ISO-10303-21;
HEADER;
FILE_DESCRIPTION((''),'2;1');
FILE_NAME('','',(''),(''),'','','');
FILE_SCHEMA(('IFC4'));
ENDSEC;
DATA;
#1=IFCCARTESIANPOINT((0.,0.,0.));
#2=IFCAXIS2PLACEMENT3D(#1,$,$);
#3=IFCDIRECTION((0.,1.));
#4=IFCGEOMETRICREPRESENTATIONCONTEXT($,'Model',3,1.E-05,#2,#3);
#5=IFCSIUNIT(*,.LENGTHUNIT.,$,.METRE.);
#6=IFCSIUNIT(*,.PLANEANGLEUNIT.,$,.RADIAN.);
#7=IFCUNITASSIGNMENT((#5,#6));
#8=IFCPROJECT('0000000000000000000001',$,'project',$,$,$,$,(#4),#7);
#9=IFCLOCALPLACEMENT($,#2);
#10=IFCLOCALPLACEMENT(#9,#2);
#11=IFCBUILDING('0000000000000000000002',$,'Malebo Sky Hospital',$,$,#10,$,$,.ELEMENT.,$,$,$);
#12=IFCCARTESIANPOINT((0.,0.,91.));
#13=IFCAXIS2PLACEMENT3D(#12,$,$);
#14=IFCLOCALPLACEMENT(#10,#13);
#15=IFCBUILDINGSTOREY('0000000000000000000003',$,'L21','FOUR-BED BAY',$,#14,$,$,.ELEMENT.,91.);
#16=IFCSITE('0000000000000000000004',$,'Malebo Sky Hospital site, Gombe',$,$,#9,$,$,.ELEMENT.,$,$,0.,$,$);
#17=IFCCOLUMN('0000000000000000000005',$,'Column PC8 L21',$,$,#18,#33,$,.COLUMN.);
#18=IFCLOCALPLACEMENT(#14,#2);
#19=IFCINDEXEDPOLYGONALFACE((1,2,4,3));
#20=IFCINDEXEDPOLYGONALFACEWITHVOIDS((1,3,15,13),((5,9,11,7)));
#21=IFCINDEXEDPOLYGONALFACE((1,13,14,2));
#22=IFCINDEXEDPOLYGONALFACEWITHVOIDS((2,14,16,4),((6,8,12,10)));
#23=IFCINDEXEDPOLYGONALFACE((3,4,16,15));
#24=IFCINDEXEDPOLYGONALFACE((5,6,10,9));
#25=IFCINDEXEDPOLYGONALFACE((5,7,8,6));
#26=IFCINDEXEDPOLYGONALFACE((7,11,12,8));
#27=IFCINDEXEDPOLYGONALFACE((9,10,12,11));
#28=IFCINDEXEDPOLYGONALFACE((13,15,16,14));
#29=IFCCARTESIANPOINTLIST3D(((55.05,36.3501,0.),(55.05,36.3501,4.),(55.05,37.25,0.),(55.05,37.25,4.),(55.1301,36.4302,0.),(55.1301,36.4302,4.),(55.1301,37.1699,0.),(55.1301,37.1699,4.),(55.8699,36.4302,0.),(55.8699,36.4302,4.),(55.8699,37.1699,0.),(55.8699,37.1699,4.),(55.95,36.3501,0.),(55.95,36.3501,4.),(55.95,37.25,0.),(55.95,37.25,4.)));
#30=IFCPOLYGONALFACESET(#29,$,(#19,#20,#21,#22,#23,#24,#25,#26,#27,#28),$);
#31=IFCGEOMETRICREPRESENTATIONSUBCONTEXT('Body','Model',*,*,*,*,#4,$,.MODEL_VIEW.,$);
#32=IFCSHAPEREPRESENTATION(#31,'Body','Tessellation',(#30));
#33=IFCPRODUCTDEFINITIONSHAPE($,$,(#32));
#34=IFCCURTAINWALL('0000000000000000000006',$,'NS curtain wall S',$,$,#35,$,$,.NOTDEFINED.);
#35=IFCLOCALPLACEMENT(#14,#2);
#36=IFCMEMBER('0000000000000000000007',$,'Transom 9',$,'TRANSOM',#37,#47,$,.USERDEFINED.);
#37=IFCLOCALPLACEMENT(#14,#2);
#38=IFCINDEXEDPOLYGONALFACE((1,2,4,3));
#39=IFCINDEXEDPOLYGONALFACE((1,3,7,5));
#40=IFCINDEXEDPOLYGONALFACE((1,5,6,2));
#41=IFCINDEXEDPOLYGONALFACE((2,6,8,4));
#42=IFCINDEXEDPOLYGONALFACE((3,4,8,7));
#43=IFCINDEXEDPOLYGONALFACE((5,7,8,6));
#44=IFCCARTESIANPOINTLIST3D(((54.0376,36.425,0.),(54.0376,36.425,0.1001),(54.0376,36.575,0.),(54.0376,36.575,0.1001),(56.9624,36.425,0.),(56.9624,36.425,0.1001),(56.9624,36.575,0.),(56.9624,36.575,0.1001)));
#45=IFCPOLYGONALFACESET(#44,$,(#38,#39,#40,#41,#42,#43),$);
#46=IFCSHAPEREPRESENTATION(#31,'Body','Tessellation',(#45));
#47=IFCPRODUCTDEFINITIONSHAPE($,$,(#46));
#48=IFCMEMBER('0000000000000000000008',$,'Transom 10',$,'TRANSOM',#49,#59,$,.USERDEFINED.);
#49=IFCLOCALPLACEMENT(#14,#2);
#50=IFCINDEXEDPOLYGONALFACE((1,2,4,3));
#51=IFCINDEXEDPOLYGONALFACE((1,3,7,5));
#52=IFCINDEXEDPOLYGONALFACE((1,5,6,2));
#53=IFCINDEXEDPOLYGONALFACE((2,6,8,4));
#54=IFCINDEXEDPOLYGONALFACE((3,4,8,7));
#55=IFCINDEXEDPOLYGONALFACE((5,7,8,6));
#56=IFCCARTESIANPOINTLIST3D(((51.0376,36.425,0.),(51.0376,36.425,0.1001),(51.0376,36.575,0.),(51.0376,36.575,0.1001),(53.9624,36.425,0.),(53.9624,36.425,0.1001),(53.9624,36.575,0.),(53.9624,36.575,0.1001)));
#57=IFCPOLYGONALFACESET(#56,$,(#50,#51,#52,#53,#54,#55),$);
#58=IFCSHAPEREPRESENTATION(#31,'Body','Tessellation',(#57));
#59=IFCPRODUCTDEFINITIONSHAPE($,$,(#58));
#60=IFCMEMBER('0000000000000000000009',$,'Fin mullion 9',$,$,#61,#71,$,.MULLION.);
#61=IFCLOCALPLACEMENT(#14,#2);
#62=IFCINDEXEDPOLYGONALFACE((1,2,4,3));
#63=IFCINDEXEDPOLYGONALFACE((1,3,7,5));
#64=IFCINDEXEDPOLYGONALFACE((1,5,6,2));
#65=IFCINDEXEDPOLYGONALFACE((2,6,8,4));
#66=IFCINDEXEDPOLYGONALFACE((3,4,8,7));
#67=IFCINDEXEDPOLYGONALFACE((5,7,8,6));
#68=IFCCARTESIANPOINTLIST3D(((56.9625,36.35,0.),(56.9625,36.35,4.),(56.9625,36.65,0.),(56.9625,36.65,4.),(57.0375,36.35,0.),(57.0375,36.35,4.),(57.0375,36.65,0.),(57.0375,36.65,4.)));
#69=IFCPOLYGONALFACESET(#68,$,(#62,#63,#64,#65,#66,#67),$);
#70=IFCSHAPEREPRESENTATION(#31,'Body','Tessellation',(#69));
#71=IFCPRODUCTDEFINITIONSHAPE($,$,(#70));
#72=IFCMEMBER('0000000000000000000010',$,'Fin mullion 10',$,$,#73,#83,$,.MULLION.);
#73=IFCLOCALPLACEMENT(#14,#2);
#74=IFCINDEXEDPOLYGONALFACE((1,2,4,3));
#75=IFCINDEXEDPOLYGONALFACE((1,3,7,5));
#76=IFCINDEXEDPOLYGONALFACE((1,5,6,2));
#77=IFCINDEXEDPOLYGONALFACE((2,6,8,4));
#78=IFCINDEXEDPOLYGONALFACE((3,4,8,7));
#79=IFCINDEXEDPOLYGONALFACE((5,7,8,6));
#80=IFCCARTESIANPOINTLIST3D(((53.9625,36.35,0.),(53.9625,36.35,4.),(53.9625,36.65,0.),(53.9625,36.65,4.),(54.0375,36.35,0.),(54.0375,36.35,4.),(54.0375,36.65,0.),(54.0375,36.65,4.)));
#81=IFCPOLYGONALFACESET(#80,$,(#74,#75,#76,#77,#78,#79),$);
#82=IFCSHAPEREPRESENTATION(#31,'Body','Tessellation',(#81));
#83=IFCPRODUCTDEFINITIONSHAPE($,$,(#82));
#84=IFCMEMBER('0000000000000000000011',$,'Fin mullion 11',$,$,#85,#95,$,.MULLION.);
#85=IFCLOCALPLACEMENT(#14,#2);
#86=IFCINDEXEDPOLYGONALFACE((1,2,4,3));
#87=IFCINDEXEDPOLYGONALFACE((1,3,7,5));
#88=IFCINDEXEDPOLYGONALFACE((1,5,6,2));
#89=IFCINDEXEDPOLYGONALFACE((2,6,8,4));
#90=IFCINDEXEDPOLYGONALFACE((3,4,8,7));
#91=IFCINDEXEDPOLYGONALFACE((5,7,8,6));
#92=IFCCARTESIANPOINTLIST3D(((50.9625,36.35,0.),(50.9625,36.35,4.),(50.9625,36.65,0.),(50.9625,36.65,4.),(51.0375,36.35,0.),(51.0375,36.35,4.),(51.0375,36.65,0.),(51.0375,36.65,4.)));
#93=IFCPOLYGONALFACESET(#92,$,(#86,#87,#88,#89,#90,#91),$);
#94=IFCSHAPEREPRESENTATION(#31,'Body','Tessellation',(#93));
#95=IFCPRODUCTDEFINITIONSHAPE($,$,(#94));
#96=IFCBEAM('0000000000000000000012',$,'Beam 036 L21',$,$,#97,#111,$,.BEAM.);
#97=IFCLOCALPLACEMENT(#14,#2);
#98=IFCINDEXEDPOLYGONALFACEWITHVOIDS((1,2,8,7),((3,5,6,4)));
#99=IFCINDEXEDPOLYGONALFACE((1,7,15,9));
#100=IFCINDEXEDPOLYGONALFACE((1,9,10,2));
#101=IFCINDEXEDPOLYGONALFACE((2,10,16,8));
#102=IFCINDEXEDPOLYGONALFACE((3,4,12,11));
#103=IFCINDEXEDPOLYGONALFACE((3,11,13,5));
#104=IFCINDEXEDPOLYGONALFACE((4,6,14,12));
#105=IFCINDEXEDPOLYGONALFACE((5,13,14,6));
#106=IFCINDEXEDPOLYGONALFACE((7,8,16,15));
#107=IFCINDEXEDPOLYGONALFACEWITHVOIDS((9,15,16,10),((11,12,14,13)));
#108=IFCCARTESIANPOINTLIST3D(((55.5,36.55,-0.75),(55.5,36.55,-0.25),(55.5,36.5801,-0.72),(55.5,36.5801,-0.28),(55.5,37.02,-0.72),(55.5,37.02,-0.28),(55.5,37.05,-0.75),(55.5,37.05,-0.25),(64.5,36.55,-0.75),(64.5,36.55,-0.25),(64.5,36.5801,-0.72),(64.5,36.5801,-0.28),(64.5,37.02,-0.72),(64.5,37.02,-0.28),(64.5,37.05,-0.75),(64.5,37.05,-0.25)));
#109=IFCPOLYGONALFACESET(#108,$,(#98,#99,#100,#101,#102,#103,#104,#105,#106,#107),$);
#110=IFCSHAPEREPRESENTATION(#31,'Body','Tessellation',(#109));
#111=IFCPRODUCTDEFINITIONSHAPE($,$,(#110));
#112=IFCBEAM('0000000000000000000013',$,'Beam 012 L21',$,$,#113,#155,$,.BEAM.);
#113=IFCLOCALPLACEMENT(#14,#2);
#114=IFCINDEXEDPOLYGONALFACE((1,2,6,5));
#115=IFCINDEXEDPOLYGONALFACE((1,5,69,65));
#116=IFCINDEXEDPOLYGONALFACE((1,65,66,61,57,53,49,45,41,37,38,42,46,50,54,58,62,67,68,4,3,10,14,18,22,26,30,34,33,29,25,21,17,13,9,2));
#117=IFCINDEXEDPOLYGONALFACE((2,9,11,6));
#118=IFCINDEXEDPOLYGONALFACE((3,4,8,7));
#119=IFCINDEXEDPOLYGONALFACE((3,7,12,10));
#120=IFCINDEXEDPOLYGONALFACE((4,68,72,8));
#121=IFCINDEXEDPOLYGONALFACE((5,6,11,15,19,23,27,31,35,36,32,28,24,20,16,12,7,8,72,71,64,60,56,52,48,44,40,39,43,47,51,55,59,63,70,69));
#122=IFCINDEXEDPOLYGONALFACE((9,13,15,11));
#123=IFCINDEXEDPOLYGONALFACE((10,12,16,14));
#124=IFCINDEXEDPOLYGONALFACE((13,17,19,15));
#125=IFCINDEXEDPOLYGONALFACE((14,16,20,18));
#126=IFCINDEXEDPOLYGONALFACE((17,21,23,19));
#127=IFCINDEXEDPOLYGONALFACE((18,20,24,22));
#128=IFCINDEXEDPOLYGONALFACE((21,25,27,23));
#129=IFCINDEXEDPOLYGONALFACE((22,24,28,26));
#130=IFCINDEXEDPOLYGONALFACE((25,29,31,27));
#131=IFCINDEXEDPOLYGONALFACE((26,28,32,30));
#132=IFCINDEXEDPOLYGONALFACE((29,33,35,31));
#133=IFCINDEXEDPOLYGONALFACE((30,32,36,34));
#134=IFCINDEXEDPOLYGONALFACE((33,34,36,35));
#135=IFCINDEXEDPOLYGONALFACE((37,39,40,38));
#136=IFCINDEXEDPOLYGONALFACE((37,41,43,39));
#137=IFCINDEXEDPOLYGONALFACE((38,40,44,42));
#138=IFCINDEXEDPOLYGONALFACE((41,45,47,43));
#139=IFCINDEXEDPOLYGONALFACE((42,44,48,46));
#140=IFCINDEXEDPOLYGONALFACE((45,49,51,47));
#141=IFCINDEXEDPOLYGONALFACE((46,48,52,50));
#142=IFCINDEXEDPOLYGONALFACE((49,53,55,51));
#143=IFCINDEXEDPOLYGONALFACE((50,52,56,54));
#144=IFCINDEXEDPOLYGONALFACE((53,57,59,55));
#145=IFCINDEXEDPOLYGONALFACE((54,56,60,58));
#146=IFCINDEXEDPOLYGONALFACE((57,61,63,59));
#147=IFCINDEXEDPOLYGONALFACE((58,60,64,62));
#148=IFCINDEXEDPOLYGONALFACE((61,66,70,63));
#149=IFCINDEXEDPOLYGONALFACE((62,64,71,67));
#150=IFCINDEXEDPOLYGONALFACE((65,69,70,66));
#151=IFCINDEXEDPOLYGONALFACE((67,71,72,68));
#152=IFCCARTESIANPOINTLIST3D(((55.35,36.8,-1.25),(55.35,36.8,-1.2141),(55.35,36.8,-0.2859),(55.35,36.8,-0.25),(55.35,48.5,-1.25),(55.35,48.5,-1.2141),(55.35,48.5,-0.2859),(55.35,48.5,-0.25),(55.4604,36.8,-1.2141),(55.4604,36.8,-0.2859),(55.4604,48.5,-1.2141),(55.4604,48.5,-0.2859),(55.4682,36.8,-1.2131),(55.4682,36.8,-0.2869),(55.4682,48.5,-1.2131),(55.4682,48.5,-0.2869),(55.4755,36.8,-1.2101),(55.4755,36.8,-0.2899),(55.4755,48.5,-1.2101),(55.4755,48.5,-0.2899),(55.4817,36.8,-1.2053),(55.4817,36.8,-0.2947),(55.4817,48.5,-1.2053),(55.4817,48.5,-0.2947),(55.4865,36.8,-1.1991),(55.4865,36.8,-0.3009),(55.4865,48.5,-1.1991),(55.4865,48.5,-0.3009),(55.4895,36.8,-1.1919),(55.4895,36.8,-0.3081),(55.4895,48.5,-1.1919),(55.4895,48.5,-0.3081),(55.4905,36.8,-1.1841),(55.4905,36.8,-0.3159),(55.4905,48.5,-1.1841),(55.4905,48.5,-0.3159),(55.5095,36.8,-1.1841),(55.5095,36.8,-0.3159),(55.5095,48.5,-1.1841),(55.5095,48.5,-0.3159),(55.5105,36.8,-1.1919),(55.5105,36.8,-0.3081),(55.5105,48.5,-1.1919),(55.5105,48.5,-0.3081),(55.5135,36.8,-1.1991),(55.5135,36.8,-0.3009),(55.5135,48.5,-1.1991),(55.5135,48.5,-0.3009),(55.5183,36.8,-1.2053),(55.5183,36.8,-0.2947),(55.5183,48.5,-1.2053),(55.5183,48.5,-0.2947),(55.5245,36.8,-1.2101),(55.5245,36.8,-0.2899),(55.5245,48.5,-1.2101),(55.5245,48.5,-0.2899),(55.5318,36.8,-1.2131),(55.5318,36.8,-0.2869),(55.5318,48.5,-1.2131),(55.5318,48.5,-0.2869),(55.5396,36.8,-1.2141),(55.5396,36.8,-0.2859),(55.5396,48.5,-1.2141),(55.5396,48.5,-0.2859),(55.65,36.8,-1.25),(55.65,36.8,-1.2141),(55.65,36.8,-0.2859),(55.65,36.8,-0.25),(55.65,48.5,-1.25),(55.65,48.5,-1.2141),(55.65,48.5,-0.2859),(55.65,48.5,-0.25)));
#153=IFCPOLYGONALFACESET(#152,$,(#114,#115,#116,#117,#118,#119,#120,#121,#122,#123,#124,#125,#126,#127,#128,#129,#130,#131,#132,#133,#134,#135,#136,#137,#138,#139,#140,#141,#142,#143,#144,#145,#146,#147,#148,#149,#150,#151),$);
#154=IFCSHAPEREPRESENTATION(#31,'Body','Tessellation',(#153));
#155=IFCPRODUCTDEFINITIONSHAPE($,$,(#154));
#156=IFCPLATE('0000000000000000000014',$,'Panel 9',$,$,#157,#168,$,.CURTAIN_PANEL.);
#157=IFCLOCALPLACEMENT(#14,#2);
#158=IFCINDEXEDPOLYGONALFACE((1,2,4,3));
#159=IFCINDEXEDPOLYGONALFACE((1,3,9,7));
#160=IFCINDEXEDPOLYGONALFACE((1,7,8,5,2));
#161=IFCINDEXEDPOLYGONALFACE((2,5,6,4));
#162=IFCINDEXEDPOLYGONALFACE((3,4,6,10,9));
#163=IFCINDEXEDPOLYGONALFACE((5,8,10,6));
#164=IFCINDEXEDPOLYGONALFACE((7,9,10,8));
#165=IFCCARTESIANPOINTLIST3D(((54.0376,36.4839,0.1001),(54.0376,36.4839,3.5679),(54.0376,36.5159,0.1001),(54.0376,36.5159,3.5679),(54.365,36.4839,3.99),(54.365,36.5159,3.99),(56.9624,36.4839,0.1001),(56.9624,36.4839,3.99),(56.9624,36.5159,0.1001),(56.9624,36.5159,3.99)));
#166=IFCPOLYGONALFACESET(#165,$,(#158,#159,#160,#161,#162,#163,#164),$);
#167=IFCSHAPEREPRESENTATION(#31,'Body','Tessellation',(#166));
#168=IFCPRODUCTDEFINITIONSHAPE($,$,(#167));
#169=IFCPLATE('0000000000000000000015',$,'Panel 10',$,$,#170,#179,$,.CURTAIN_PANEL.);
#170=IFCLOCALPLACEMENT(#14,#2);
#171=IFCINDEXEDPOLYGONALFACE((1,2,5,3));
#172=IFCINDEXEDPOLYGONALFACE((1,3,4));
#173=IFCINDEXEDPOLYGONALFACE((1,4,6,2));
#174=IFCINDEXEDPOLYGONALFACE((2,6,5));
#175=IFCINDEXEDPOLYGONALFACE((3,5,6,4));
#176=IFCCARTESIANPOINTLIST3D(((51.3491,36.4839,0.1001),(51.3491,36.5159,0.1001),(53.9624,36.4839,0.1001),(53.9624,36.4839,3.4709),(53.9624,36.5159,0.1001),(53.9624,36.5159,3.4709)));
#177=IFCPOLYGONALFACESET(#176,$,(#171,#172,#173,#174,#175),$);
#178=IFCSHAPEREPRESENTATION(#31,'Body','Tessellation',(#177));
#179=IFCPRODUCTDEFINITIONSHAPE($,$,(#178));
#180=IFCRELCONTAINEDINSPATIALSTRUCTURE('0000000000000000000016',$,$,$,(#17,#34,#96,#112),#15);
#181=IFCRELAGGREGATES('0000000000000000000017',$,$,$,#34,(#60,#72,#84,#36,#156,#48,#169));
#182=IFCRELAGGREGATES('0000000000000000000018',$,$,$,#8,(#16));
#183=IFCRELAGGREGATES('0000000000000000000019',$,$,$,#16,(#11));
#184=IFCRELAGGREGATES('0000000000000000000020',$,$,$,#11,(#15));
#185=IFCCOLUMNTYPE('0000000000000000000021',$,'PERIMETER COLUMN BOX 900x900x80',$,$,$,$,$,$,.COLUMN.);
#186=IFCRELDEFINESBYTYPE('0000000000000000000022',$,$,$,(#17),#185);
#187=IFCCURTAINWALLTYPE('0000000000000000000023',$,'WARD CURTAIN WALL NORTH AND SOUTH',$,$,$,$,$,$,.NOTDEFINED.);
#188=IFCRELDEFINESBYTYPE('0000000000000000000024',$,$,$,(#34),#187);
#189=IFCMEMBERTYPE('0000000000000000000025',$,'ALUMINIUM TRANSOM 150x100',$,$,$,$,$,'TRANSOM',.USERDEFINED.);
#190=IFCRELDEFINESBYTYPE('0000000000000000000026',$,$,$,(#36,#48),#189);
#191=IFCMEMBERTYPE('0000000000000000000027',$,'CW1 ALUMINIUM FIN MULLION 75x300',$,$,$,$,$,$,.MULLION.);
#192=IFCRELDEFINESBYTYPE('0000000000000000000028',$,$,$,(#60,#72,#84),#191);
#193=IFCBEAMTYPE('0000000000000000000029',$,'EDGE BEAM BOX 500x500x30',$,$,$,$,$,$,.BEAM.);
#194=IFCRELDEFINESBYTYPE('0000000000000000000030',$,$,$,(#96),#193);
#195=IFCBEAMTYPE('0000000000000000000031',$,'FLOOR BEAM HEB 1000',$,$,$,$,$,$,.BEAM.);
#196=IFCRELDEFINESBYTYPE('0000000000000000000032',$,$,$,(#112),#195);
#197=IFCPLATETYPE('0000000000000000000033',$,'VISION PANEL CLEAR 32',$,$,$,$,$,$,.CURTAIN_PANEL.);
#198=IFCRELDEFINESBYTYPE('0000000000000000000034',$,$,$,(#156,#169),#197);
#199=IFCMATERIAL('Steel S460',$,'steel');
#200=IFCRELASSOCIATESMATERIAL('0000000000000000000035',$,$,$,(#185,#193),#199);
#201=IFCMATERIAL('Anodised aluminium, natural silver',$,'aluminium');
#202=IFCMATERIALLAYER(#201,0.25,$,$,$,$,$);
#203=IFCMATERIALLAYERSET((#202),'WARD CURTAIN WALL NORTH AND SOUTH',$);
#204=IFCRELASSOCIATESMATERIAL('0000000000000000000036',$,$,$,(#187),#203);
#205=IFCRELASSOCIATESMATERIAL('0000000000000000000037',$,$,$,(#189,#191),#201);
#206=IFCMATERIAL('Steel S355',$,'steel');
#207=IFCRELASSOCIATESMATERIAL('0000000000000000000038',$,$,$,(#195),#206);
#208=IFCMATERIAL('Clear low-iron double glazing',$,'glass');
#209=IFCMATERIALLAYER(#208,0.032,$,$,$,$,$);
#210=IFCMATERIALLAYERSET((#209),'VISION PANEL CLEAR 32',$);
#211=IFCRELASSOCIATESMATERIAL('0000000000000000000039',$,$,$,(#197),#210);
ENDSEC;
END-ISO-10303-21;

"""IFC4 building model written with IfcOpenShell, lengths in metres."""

from ifc_helpers import new_model, si_unit, direction, frame, origin, origin_2d, place, context, subcontext, project, spatial, polyline, rectangle, hollow_rectangle, i_section, outline, extrude, material, layer, layer_set, material_profile, profile_set, type_object, element, aggregate, save


model = new_model("IFC4")

# Units and contexts
model_context = context("Model", 3, precision=1e-05, world=origin(), true_north=direction((0.0, 1.0)))
body_context = subcontext(model_context, "Body", "Model", "MODEL_VIEW")
ifc_project = project(units=[si_unit("LENGTHUNIT", "METRE"), si_unit("PLANEANGLEUNIT", "RADIAN")], contexts=[model_context])

# Site, building, storey
site_placement = place(None, origin())
site = spatial("IfcSite", under=ifc_project, at=site_placement, Name="Malebo Sky Hospital site, Gombe", CompositionType="ELEMENT", RefElevation=0.0)
building_placement = place(site_placement, origin())
building = spatial("IfcBuilding", under=site, at=building_placement, Name="Malebo Sky Hospital", CompositionType="ELEMENT")
storey_placement = place(building_placement, frame((0.0, 0.0, 91.0)))
storey = spatial("IfcBuildingStorey", under=building, at=storey_placement, Name="L21", Description="FOUR-BED BAY", CompositionType="ELEMENT", Elevation=91.0)

# Column
ifc_material_1 = material(Name="Steel S460", Category="steel")
ifc_material_profile_1 = material_profile(ifc_material_1, hollow_rectangle(XDim=0.8999, YDim=0.8999, WallThickness=0.0801, at=origin_2d()), Name="BOX 900x900x80")
ifc_profile_set_1 = profile_set([ifc_material_profile_1], Name="Steel S460")
column_type = type_object("IfcColumnType", Name="PERIMETER COLUMN BOX 900x900x80", PredefinedType="COLUMN", material=ifc_profile_set_1)
column_placement = place(storey_placement, frame((55.5, 36.8, 0.0), z_axis=(0.0, 0.0, 1.0), x_axis=(1.0, 0.0, 0.0)))
element("IfcColumn", 1, at=column_placement, inside=storey, type_object=column_type, Name="Column PC8 L21", PredefinedType="COLUMN", context=body_context, shape_type="SweptSolid", body=[
    extrude(hollow_rectangle(XDim=0.8999, YDim=0.8999, WallThickness=0.0801, at=origin_2d()), origin(), (0.0, 0.0, 1.0), 4.0),
])

# Curtain wall, members
ifc_material_2 = material(Name="Anodised aluminium, natural silver", Category="aluminium")
ifc_layer_1 = layer(ifc_material_2, 0.25)
ifc_layer_set_1 = layer_set([ifc_layer_1], Name="WARD CURTAIN WALL NORTH AND SOUTH")
curtain_wall_type = type_object("IfcCurtainWallType", Name="WARD CURTAIN WALL NORTH AND SOUTH", PredefinedType="NOTDEFINED", material=ifc_layer_set_1)
curtain_wall_placement = place(storey_placement, origin())
curtain_wall = element("IfcCurtainWall", 2, at=curtain_wall_placement, inside=storey, type_object=curtain_wall_type, Name="NS curtain wall S", PredefinedType="NOTDEFINED")
ifc_material_profile_2 = material_profile(ifc_material_2, rectangle(XDim=0.1499, YDim=0.1001, at=origin_2d()), Name="ALUMINIUM TRANSOM 150x100")
ifc_profile_set_2 = profile_set([ifc_material_profile_2], Name="Anodised aluminium, natural silver")
member_type_1 = type_object("IfcMemberType", Name="ALUMINIUM TRANSOM 150x100", ElementType="TRANSOM", PredefinedType="USERDEFINED", material=ifc_profile_set_2)
member_1_placement = place(storey_placement, frame((56.9624, 36.5, 0.05), z_axis=(-1.0, 0.0, 0.0), x_axis=(0.0, -1.0, 0.0)))
member_1 = element("IfcMember", 3, at=member_1_placement, type_object=member_type_1, Name="Transom 9", ObjectType="TRANSOM", PredefinedType="USERDEFINED", context=body_context, shape_type="SweptSolid", body=[
    extrude(rectangle(XDim=0.1499, YDim=0.1001, at=origin_2d()), origin(), (0.0, 0.0, 1.0), 2.9248),
])
member_2_placement = place(storey_placement, frame((53.9624, 36.5, 0.05), z_axis=(-1.0, 0.0, 0.0), x_axis=(0.0, -1.0, 0.0)))
member_2 = element("IfcMember", 4, at=member_2_placement, type_object=member_type_1, Name="Transom 10", ObjectType="TRANSOM", PredefinedType="USERDEFINED", context=body_context, shape_type="SweptSolid", body=[
    extrude(rectangle(XDim=0.1499, YDim=0.1001, at=origin_2d()), origin(), (0.0, 0.0, 1.0), 2.9248),
])
ifc_material_profile_3 = material_profile(ifc_material_2, rectangle(XDim=0.075, YDim=0.3, at=origin_2d()), Name="CW1 ALUMINIUM FIN MULLION 75x300")
ifc_profile_set_3 = profile_set([ifc_material_profile_3], Name="Anodised aluminium, natural silver")
member_type_2 = type_object("IfcMemberType", Name="CW1 ALUMINIUM FIN MULLION 75x300", PredefinedType="MULLION", material=ifc_profile_set_3)
member_3_placement = place(storey_placement, frame((57.0, 36.5, 0.0), z_axis=(0.0, 0.0, 1.0), x_axis=(-1.0, 0.0, 0.0)))
member_3 = element("IfcMember", 5, at=member_3_placement, type_object=member_type_2, Name="Fin mullion 9", PredefinedType="MULLION", context=body_context, shape_type="SweptSolid", body=[
    extrude(rectangle(XDim=0.075, YDim=0.3, at=origin_2d()), origin(), (0.0, 0.0, 1.0), 4.0),
])
member_4_placement = place(storey_placement, frame((54.0, 36.5, 0.0), z_axis=(0.0, 0.0, 1.0), x_axis=(-1.0, 0.0, 0.0)))
member_4 = element("IfcMember", 6, at=member_4_placement, type_object=member_type_2, Name="Fin mullion 10", PredefinedType="MULLION", context=body_context, shape_type="SweptSolid", body=[
    extrude(rectangle(XDim=0.075, YDim=0.3, at=origin_2d()), origin(), (0.0, 0.0, 1.0), 4.0),
])
member_5_placement = place(storey_placement, frame((51.0, 36.5, 0.0), z_axis=(0.0, 0.0, 1.0), x_axis=(-1.0, 0.0, 0.0)))
member_5 = element("IfcMember", 7, at=member_5_placement, type_object=member_type_2, Name="Fin mullion 11", PredefinedType="MULLION", context=body_context, shape_type="SweptSolid", body=[
    extrude(rectangle(XDim=0.075, YDim=0.3, at=origin_2d()), origin(), (0.0, 0.0, 1.0), 4.0),
])

# Beams
ifc_material_profile_4 = material_profile(ifc_material_1, hollow_rectangle(XDim=0.5, YDim=0.5, WallThickness=0.03, at=origin_2d()), Name="BOX 500x500x30")
ifc_profile_set_4 = profile_set([ifc_material_profile_4], Name="Steel S460")
beam_type_1 = type_object("IfcBeamType", Name="EDGE BEAM BOX 500x500x30", PredefinedType="BEAM", material=ifc_profile_set_4)
beam_1_placement = place(storey_placement, frame((55.5, 36.8, -0.5), z_axis=(1.0, 0.0, 0.0), x_axis=(0.0, 1.0, 0.0)))
element("IfcBeam", 8, at=beam_1_placement, inside=storey, type_object=beam_type_1, Name="Beam 036 L21", PredefinedType="BEAM", context=body_context, shape_type="SweptSolid", body=[
    extrude(hollow_rectangle(XDim=0.5, YDim=0.5, WallThickness=0.03, at=origin_2d()), origin(), (0.0, 0.0, 1.0), 9.0),
])
ifc_material_3 = material(Name="Steel S355", Category="steel")
ifc_material_profile_5 = material_profile(ifc_material_3, i_section(OverallWidth=0.3, OverallDepth=1.0, WebThickness=0.019, FlangeThickness=0.0359, FilletRadius=0.03, at=origin_2d()), Name="HEB 1000")
ifc_profile_set_5 = profile_set([ifc_material_profile_5], Name="Steel S355")
beam_type_2 = type_object("IfcBeamType", Name="FLOOR BEAM HEB 1000", PredefinedType="BEAM", material=ifc_profile_set_5)
beam_2_placement = place(storey_placement, frame((55.5, 36.8, -0.75), z_axis=(0.0, 1.0, 0.0), x_axis=(-1.0, 0.0, 0.0)))
element("IfcBeam", 9, at=beam_2_placement, inside=storey, type_object=beam_type_2, Name="Beam 012 L21", PredefinedType="BEAM", context=body_context, shape_type="SweptSolid", body=[
    extrude(i_section(OverallWidth=0.3, OverallDepth=1.0, WebThickness=0.019, FlangeThickness=0.0359, FilletRadius=0.03, at=origin_2d()), origin(), (0.0, 0.0, 1.0), 11.7),
])

# Plates
ifc_material_4 = material(Name="Clear low-iron double glazing", Category="glass")
ifc_layer_2 = layer(ifc_material_4, 0.032)
ifc_layer_set_2 = layer_set([ifc_layer_2], Name="VISION PANEL CLEAR 32")
plate_type = type_object("IfcPlateType", Name="VISION PANEL CLEAR 32", PredefinedType="CURTAIN_PANEL", material=ifc_layer_set_2)
plate_1_placement = place(storey_placement, frame((55.5, 36.5, 0.1001), z_axis=(0.0, 0.0, 1.0), x_axis=(-1.0, 0.0, 0.0)))
plate_1 = element("IfcPlate", 10, at=plate_1_placement, type_object=plate_type, Name="Panel 9", PredefinedType="CURTAIN_PANEL", context=body_context, shape_type="SweptSolid", body=[
    extrude(outline(polyline([(-1.4624, 0.0), (1.4624, 0.0), (1.4624, 3.4678), (1.135, 3.8899), (-1.4624, 3.8899), (-1.4624, 0.0)])), frame((0.0, 0.0161, 0.0), z_axis=(0.0, -1.0, 0.0), x_axis=(1.0, 0.0, 0.0)), (0.0, 0.0, 1.0), 0.032),
])
plate_2_placement = place(storey_placement, frame((52.6558, 36.5, 0.1001), z_axis=(0.0, 0.0, 1.0), x_axis=(-1.0, 0.0, 0.0)))
plate_2 = element("IfcPlate", 11, at=plate_2_placement, type_object=plate_type, Name="Panel 10", PredefinedType="CURTAIN_PANEL", context=body_context, shape_type="SweptSolid", body=[
    extrude(outline(polyline([(-1.3066, 0.0), (1.3066, 0.0), (-1.3066, 3.3708), (-1.3066, 0.0)])), frame((0.0, 0.0161, 0.0), z_axis=(0.0, -1.0, 0.0), x_axis=(1.0, 0.0, 0.0)), (0.0, 0.0, 1.0), 0.032),
])
aggregate(curtain_wall, [member_3, member_4, member_5, member_1, plate_1, member_2, plate_2])

save(model, "model.ifc")
